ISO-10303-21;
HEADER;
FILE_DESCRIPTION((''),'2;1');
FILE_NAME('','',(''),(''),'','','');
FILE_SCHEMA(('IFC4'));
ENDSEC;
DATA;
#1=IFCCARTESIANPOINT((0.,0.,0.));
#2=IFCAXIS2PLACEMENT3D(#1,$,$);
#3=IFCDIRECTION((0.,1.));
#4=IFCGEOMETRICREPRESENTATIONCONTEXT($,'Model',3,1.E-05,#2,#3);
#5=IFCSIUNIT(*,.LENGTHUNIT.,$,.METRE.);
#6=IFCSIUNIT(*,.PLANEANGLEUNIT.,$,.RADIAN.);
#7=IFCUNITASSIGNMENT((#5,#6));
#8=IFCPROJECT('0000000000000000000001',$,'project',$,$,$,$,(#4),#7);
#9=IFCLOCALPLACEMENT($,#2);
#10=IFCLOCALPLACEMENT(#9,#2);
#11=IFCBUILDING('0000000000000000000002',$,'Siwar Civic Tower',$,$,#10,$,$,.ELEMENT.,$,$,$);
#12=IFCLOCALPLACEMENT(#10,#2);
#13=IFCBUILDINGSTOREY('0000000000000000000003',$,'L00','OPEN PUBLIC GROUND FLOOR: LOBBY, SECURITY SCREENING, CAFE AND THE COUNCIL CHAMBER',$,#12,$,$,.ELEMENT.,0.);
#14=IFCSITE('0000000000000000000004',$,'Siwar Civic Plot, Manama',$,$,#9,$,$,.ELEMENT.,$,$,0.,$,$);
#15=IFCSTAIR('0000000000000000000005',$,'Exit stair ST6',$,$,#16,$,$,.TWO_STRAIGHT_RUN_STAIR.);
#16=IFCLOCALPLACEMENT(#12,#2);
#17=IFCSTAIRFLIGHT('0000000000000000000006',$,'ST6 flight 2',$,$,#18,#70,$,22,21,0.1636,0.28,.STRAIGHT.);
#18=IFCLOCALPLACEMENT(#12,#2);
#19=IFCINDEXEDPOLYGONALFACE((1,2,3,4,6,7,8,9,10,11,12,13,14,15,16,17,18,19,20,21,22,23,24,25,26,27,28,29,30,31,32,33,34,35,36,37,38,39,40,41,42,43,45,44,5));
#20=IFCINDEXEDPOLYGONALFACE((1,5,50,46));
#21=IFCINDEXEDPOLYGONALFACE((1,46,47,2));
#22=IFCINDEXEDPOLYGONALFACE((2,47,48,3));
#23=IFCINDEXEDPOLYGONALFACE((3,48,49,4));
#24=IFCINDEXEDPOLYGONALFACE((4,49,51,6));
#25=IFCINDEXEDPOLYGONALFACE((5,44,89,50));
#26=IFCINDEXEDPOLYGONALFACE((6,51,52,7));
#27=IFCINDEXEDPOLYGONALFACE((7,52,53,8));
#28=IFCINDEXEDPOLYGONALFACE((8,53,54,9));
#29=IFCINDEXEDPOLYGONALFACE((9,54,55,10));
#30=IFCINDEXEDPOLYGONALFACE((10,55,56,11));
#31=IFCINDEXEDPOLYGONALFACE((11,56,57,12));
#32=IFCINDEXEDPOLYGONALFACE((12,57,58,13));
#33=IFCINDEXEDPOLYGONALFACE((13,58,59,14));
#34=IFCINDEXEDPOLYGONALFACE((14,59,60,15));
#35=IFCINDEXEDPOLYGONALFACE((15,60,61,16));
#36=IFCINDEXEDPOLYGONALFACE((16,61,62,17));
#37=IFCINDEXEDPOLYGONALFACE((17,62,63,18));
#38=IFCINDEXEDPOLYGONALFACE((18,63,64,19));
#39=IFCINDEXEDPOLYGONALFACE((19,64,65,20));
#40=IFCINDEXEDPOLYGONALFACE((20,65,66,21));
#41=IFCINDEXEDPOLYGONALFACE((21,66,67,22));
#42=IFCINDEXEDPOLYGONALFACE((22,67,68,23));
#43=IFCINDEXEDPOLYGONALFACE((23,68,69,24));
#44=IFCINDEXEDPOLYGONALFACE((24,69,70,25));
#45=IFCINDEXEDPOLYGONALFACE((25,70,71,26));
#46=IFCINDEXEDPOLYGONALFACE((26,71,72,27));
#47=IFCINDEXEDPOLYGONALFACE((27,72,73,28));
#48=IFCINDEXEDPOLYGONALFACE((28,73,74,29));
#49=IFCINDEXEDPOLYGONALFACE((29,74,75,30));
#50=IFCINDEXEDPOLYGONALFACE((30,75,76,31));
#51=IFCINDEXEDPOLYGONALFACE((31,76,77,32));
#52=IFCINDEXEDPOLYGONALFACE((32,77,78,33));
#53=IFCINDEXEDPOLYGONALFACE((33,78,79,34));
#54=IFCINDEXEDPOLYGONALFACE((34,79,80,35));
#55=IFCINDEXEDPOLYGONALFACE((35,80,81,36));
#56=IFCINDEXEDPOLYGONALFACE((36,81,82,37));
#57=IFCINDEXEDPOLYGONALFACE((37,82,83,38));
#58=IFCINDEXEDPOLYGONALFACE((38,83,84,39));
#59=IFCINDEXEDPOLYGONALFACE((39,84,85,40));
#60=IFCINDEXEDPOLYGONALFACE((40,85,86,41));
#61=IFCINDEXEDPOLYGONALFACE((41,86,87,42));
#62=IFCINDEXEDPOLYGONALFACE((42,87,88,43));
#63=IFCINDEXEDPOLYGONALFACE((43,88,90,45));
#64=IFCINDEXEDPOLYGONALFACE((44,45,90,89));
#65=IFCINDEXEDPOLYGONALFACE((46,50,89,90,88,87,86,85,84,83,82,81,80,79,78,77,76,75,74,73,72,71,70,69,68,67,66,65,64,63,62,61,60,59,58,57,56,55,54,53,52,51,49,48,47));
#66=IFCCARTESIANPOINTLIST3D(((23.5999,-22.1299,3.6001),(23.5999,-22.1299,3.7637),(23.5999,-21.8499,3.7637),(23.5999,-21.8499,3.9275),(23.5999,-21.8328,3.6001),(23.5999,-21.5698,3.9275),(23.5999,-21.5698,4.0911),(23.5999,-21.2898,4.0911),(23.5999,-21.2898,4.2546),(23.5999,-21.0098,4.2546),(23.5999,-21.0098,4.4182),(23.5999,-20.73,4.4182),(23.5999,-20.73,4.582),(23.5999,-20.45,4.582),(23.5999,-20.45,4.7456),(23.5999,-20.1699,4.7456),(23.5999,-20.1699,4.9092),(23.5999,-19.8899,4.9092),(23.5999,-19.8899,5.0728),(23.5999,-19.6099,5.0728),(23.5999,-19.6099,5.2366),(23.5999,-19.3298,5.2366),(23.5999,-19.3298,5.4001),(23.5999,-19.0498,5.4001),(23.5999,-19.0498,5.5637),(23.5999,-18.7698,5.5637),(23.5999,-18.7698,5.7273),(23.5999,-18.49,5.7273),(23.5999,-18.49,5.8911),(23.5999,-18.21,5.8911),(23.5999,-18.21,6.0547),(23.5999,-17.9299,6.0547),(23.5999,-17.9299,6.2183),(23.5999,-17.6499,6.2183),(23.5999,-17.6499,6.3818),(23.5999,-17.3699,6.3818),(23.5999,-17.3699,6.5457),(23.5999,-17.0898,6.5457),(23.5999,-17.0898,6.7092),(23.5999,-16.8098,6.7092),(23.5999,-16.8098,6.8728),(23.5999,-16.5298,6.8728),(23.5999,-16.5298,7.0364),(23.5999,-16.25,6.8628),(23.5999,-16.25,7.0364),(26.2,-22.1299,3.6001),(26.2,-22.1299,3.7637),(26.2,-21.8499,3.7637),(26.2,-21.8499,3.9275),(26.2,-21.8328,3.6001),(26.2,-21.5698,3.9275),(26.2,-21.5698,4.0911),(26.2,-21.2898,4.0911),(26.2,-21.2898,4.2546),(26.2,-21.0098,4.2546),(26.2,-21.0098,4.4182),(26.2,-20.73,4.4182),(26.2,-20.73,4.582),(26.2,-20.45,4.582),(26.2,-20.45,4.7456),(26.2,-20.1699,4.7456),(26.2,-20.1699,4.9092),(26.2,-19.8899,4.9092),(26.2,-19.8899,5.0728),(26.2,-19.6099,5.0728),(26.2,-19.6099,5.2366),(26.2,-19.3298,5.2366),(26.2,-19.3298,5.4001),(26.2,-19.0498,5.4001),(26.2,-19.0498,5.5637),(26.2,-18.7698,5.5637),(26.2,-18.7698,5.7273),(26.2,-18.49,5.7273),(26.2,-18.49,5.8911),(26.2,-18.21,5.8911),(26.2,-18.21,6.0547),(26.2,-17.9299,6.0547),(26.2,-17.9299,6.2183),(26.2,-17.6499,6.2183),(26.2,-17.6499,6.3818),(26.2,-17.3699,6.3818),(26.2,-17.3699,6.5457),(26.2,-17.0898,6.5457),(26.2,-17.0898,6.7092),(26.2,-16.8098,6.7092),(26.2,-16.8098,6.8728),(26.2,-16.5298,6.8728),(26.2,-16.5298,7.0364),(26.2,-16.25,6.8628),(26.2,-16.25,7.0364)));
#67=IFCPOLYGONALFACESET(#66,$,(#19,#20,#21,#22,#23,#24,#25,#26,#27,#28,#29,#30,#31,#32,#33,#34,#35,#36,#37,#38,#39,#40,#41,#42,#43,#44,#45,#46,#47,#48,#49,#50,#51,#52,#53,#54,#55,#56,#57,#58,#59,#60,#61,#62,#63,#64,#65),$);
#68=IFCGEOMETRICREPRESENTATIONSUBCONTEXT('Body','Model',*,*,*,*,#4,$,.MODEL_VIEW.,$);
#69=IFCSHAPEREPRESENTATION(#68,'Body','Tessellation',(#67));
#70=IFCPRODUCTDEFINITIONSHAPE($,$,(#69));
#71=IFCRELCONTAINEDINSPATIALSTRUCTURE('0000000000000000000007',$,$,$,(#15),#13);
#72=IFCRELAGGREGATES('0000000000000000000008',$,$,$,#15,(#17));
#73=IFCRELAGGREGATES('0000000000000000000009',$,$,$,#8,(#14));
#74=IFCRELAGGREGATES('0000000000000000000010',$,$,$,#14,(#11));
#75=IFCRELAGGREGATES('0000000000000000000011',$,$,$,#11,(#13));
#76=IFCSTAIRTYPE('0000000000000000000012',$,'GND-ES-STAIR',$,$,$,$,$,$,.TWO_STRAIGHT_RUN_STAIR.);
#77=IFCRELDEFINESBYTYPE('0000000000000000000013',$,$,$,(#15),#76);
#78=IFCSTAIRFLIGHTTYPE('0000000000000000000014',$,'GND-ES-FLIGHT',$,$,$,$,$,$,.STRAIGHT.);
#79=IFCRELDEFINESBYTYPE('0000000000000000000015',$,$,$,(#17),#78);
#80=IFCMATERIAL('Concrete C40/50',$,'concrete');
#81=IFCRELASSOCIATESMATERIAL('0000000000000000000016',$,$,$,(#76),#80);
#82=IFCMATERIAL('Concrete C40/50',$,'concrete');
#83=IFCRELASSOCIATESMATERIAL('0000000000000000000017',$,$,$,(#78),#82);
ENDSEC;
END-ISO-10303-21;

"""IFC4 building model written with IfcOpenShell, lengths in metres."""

from ifc_helpers import new_model, si_unit, direction, frame, origin, place, context, subcontext, project, spatial, polyline, outline, extrude, material, type_object, element, aggregate, save


model = new_model("IFC4")

# Units and contexts
model_context = context("Model", 3, precision=1e-05, world=origin(), true_north=direction((0.0, 1.0)))
body_context = subcontext(model_context, "Body", "Model", "MODEL_VIEW")
ifc_project = project(units=[si_unit("LENGTHUNIT", "METRE"), si_unit("PLANEANGLEUNIT", "RADIAN")], contexts=[model_context])

# Site, building, storey
site_placement = place(None, origin())
site = spatial("IfcSite", under=ifc_project, at=site_placement, Name="Siwar Civic Plot, Manama", CompositionType="ELEMENT", RefElevation=0.0)
building_placement = place(site_placement, origin())
building = spatial("IfcBuilding", under=site, at=building_placement, Name="Siwar Civic Tower", CompositionType="ELEMENT")
storey_placement = place(building_placement, origin())
storey = spatial("IfcBuildingStorey", under=building, at=storey_placement, Name="L00", Description="OPEN PUBLIC GROUND FLOOR: LOBBY, SECURITY SCREENING, CAFE AND THE COUNCIL CHAMBER", CompositionType="ELEMENT", Elevation=0.0)

# Stair, stair flight
ifc_material_1 = material(Name="Concrete C40/50", Category="concrete")
stair_type = type_object("IfcStairType", Name="GND-ES-STAIR", PredefinedType="TWO_STRAIGHT_RUN_STAIR", material=ifc_material_1)
stair_placement = place(storey_placement, origin())
stair = element("IfcStair", 1, at=stair_placement, inside=storey, type_object=stair_type, Name="Exit stair ST6", PredefinedType="TWO_STRAIGHT_RUN_STAIR")
ifc_material_2 = material(Name="Concrete C40/50", Category="concrete")
stair_flight_type = type_object("IfcStairFlightType", Name="GND-ES-FLIGHT", PredefinedType="STRAIGHT", material=ifc_material_2)
stair_flight_1_placement = place(storey_placement, frame((24.8999, -22.1299, 3.6001), z_axis=(0.0, 0.0, 1.0), x_axis=(0.0, 1.0, 0.0)))
stair_flight_1 = element("IfcStairFlight", 2, at=stair_flight_1_placement, type_object=stair_flight_type, Name="ST6 flight 2", NumberOfRisers=22, NumberOfTreads=21, PredefinedType="STRAIGHT", RiserHeight=0.1636, TreadLength=0.28, context=body_context, shape_type="SweptSolid", body=[
    extrude(outline(polyline([(0.0, 0.0), (0.0, 0.1636), (0.28, 0.1636), (0.28, 0.3274), (0.5601, 0.3274), (0.5601, 0.491), (0.8401, 0.491), (0.8401, 0.6545), (1.1201, 0.6545), (1.1201, 0.8181), (1.3999, 0.8181), (1.3999, 0.9819), (1.6799, 0.9819), (1.6799, 1.1455), (1.96, 1.1455), (1.96, 1.3091), (2.24, 1.3091), (2.24, 1.4727), (2.52, 1.4727), (2.52, 1.6365), (2.8, 1.6365), (2.8, 1.8), (3.0801, 1.8), (3.0801, 1.9636), (3.3601, 1.9636), (3.3601, 2.1272), (3.6399, 2.1272), (3.6399, 2.291), (3.9199, 2.291), (3.9199, 2.4546), (4.2, 2.4546), (4.2, 2.6182), (4.48, 2.6182), (4.48, 2.7817), (4.76, 2.7817), (4.76, 2.9456), (5.04, 2.9456), (5.04, 3.1091), (5.3201, 3.1091), (5.3201, 3.2727), (5.6001, 3.2727), (5.6001, 3.4363), (5.8799, 3.4363), (5.8799, 3.6001), (5.8799, 3.2627), (0.2971, 0.0), (0.0, 0.0)])), frame((0.0, 1.3, 0.0), z_axis=(0.0, -1.0, 0.0), x_axis=(1.0, 0.0, 0.0)), (0.0, 0.0, 1.0), 2.6001),
])
aggregate(stair, [stair_flight_1])

save(model, "model.ifc")
